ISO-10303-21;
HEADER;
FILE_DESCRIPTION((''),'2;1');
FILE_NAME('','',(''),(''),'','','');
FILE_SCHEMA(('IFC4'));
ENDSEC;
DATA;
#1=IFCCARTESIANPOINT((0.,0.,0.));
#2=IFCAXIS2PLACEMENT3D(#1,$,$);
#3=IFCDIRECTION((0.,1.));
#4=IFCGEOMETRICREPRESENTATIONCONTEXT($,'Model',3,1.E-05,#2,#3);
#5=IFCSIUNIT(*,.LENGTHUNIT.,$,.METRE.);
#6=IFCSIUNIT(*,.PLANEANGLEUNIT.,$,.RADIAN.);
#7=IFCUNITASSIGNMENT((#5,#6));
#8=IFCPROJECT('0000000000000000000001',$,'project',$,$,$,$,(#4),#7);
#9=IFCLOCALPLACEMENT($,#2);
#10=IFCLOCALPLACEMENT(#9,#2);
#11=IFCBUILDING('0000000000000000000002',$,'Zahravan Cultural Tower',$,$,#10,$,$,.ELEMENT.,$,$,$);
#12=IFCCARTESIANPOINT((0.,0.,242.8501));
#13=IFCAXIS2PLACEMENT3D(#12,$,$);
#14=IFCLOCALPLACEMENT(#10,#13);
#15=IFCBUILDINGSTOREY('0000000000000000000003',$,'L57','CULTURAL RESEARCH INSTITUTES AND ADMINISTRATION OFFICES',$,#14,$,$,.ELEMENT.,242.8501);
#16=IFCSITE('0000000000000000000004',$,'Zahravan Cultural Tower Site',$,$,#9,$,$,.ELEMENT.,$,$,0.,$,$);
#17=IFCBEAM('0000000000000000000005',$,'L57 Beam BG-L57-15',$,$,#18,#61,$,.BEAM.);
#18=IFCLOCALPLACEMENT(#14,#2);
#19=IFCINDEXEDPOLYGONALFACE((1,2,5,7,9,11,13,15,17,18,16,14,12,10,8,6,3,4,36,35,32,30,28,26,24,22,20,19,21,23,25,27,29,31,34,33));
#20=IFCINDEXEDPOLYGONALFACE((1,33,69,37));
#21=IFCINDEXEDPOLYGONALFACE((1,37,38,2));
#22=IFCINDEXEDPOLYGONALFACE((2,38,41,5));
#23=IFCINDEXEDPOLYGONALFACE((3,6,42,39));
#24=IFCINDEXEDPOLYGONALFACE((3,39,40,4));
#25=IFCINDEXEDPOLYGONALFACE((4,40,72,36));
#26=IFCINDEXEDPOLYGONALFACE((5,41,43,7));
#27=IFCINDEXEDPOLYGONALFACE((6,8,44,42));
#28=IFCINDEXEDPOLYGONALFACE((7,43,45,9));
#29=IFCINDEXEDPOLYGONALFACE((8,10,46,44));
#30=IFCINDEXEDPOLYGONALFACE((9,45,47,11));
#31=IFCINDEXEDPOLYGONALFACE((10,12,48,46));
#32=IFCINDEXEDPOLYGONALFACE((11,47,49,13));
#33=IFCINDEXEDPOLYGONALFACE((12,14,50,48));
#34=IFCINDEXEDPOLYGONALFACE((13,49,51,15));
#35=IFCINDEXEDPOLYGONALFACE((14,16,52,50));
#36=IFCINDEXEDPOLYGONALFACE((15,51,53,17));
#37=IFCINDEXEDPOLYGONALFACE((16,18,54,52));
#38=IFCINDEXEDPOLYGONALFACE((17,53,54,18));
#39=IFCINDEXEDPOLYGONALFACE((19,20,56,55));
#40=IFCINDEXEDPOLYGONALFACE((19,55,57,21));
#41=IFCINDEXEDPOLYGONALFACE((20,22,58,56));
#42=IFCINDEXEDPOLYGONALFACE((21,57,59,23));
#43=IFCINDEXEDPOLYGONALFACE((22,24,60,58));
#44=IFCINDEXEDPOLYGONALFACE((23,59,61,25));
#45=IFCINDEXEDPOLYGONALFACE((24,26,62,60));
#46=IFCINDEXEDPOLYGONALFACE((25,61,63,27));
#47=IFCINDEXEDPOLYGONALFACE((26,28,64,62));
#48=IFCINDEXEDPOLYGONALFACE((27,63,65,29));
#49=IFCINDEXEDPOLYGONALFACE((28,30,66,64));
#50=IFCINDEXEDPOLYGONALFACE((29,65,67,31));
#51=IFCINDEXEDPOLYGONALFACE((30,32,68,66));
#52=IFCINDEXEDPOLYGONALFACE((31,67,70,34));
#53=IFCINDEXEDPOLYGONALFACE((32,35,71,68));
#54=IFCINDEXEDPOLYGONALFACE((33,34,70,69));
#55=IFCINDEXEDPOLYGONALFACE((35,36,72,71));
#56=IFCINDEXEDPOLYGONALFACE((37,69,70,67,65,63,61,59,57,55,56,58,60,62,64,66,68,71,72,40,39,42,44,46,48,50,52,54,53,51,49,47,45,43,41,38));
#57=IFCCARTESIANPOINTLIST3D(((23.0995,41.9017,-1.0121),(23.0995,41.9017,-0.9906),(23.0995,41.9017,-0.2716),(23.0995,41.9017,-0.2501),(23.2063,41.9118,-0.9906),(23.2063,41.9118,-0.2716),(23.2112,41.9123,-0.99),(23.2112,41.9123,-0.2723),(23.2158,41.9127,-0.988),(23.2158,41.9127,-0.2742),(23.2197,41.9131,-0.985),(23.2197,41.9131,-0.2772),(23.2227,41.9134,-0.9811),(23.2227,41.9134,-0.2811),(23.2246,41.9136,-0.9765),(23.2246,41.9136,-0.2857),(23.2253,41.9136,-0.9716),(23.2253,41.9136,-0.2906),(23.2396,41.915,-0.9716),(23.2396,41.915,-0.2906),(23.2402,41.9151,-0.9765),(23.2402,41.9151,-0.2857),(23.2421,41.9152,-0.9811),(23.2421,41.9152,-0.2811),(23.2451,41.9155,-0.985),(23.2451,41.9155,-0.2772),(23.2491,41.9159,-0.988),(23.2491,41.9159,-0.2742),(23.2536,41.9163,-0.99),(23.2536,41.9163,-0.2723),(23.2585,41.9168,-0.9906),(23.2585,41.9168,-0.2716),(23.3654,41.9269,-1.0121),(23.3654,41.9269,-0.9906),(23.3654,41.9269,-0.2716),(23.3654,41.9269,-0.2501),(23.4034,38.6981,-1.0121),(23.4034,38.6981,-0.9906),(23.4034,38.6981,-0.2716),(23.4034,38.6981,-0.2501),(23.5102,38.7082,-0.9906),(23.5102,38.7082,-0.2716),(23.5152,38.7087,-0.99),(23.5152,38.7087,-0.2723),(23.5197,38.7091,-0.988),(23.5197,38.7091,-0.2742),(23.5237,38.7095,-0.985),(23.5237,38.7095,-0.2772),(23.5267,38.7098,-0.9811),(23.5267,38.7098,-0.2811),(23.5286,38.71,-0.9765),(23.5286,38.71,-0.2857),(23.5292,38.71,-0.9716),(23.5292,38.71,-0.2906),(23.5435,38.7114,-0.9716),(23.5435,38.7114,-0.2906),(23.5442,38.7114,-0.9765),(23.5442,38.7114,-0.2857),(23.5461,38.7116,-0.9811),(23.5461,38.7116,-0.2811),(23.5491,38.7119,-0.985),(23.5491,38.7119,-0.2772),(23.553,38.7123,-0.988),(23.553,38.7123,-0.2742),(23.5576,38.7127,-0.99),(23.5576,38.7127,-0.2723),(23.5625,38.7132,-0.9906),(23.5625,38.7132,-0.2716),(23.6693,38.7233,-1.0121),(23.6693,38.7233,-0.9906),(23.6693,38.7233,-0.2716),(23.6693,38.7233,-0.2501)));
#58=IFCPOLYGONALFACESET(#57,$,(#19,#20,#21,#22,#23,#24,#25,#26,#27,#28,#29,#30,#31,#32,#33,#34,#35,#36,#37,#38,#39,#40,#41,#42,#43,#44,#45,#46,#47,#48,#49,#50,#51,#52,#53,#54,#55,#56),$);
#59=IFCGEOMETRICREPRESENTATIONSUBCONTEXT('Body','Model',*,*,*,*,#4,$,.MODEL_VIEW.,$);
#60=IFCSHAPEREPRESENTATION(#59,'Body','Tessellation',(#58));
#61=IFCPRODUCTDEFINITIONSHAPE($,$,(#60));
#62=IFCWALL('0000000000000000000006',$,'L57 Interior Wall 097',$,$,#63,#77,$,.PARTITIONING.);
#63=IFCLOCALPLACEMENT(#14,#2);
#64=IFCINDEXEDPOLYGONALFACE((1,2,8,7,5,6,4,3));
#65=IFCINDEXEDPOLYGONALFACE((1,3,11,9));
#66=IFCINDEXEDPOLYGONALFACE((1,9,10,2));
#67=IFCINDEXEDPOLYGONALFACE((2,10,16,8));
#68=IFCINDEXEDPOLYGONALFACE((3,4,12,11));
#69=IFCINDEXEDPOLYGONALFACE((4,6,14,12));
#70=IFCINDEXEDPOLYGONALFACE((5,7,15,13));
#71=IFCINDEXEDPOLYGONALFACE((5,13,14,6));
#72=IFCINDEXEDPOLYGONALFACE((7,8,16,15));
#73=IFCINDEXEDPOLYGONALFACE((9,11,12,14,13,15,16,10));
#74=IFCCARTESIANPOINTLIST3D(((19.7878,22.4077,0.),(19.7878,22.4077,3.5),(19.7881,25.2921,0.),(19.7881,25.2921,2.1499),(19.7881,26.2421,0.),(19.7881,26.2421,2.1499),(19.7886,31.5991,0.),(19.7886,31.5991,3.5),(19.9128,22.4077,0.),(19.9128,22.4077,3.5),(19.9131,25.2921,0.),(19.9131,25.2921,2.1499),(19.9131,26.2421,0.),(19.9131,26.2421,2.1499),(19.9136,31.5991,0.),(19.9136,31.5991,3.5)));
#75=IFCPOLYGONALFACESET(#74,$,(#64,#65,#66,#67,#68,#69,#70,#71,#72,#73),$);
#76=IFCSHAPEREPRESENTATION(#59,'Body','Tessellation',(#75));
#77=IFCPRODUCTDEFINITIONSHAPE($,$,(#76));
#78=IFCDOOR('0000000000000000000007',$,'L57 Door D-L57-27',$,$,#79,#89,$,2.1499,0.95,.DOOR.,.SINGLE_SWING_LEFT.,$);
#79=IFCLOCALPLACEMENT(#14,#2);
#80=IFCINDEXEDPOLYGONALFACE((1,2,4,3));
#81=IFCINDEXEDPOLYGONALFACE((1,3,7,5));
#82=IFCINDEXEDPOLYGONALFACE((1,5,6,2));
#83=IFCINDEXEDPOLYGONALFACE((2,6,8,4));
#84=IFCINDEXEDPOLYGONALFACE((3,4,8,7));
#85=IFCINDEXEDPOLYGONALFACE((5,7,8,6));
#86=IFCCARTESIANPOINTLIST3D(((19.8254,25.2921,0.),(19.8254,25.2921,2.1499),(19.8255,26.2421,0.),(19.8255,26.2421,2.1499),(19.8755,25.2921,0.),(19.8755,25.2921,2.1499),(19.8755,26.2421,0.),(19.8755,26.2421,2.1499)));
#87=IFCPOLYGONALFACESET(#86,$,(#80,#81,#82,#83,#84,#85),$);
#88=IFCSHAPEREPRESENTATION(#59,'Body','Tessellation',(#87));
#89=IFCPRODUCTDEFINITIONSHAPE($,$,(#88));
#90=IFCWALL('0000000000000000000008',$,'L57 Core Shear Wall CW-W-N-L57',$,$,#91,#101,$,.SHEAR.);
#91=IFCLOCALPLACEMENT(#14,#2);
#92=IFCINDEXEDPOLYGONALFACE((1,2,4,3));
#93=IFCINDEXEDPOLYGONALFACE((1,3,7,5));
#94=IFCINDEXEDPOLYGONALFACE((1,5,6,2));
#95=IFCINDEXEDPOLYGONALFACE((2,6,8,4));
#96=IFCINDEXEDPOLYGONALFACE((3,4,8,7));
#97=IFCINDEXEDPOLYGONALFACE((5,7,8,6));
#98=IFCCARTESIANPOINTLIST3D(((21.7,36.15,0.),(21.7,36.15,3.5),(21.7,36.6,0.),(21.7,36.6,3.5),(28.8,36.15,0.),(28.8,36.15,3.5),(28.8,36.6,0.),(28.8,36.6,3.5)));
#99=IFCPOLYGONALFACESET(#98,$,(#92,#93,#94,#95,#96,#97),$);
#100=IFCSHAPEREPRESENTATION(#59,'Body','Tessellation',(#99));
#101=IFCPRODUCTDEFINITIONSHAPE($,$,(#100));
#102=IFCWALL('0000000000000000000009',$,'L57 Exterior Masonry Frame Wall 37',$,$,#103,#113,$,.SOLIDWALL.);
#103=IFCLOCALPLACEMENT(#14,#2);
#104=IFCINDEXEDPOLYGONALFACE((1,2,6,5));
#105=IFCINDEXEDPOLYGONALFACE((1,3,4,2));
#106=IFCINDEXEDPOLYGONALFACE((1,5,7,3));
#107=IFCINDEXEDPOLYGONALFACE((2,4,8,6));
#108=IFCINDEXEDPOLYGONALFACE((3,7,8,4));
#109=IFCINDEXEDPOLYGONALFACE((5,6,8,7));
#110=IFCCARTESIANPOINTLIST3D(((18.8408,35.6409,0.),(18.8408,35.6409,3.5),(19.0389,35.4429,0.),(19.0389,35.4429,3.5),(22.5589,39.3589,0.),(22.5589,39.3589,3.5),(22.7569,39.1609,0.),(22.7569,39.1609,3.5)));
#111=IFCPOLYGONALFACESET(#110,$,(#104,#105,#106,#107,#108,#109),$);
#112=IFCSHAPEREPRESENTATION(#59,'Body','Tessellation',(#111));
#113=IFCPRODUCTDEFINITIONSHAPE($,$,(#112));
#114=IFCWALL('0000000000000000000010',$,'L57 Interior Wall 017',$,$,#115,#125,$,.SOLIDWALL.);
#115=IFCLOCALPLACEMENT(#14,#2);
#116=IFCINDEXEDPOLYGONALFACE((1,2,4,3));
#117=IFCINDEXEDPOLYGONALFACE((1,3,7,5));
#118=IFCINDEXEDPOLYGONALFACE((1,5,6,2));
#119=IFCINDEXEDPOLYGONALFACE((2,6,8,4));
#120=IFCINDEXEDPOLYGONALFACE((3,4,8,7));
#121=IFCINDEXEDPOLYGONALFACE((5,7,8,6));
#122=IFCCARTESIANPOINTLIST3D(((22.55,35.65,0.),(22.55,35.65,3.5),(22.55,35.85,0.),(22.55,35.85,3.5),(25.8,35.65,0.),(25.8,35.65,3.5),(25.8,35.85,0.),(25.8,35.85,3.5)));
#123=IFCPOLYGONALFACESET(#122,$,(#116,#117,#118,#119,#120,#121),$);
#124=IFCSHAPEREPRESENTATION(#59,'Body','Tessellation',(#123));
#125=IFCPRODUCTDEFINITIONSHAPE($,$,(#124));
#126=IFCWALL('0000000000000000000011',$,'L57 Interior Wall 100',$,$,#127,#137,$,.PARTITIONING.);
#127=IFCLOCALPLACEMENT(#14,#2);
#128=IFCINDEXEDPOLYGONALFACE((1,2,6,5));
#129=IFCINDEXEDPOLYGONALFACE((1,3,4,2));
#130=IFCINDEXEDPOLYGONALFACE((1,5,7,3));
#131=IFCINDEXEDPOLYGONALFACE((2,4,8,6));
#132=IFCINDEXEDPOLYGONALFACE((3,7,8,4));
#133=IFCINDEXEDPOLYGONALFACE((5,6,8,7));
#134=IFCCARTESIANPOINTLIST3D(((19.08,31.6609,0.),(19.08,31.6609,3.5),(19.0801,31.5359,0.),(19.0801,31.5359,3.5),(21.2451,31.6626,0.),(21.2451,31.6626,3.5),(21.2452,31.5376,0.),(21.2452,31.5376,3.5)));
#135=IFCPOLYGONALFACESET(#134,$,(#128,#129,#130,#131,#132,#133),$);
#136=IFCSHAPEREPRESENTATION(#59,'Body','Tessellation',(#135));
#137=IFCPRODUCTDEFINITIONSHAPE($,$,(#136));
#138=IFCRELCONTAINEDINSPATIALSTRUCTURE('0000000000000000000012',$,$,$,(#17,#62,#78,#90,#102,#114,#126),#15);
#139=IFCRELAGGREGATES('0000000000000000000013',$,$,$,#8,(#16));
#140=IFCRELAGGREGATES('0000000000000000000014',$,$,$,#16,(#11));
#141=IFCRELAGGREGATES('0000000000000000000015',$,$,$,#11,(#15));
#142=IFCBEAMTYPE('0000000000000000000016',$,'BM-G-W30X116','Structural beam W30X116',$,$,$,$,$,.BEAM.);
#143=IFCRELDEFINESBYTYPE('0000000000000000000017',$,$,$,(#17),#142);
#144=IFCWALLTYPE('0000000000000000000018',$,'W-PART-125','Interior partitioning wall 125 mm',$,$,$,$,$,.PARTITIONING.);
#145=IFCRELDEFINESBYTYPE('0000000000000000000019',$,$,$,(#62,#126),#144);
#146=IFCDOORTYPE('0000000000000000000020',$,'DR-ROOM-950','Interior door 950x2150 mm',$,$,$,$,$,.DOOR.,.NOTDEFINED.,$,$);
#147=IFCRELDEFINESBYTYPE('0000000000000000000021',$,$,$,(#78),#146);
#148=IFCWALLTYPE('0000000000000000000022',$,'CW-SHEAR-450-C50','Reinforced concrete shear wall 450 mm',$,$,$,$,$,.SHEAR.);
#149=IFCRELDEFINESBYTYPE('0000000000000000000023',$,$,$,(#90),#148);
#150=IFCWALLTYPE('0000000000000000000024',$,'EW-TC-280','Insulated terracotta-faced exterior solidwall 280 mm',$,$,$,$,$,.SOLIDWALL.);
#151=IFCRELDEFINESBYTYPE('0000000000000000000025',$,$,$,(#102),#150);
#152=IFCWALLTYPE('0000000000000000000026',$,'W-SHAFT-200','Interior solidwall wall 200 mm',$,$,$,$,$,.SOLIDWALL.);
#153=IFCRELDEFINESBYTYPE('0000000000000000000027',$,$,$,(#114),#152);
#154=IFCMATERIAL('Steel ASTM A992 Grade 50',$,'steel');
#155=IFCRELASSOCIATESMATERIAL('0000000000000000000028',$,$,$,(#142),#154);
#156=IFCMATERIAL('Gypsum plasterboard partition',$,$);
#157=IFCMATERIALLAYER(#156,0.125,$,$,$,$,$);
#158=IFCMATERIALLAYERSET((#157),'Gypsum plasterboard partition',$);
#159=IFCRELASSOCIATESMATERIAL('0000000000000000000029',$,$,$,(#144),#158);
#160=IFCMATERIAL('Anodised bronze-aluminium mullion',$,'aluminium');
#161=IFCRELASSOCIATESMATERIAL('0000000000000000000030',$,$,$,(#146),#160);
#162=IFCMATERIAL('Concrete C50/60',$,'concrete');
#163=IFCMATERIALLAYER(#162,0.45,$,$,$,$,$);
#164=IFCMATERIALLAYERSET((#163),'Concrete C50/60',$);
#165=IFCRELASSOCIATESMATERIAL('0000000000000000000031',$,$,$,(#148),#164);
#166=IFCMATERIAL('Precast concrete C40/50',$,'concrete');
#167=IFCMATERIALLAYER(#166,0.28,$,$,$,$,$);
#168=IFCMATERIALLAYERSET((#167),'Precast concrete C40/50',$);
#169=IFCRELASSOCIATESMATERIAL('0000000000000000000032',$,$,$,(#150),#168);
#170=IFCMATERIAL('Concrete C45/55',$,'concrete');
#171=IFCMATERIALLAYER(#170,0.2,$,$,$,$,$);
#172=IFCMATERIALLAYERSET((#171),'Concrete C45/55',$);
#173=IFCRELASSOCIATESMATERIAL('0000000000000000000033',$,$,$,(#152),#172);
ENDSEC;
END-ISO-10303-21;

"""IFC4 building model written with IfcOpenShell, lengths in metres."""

from ifc_helpers import new_model, si_unit, direction, frame, frame_2d, origin, origin_2d, place, context, subcontext, project, spatial, rectangle, i_section, extrude, source, transform, mapped, material, layer, layer_set, material_profile, profile_set, type_object, element, fill, save


model = new_model("IFC4")

# Units and contexts
model_context = context("Model", 3, precision=1e-05, world=origin(), true_north=direction((0.0, 1.0)))
body_context = subcontext(model_context, "Body", "Model", "MODEL_VIEW")
ifc_project = project(units=[si_unit("LENGTHUNIT", "METRE"), si_unit("PLANEANGLEUNIT", "RADIAN")], contexts=[model_context])

# Site, building, storey
site_placement = place(None, origin())
site = spatial("IfcSite", under=ifc_project, at=site_placement, Name="Zahravan Cultural Tower Site", CompositionType="ELEMENT", RefElevation=0.0)
building_placement = place(site_placement, origin())
building = spatial("IfcBuilding", under=site, at=building_placement, Name="Zahravan Cultural Tower", CompositionType="ELEMENT")
storey_placement = place(building_placement, frame((0.0, 0.0, 242.8501)))
storey = spatial("IfcBuildingStorey", under=building, at=storey_placement, Name="L57", Description="CULTURAL RESEARCH INSTITUTES AND ADMINISTRATION OFFICES", CompositionType="ELEMENT", Elevation=242.8501)

# Shared definitions
ifc_material_1 = material(Name="Concrete C50/60", Category="concrete")
ifc_material_2 = material(Name="Steel ASTM A992 Grade 50", Category="steel")

# Beam
ifc_material_profile_1 = material_profile(ifc_material_2, i_section(OverallWidth=0.2671, OverallDepth=0.762, WebThickness=0.0144, FlangeThickness=0.0215, FilletRadius=0.019, at=origin_2d()), Name="W30X116")
ifc_profile_set_1 = profile_set([ifc_material_profile_1], Name="Steel ASTM A992 Grade 50")
beam_type_1 = type_object("IfcBeamType", Name="BM-G-W30X116", Description="Structural beam W30X116", PredefinedType="BEAM", material=ifc_profile_set_1)
shared_shape_1 = source(origin(), body_context, "Body", "SweptSolid", [
    extrude(i_section(OverallWidth=0.2671, OverallDepth=0.762, WebThickness=0.0144, FlangeThickness=0.0215, FilletRadius=0.019, at=origin_2d()), origin(), (0.0, 0.0, 1.0), 3.218),
])
beam_1_placement = place(storey_placement, frame((23.5364, 38.7107, -0.6311), z_axis=(-0.094455, 0.995529, 0.0), x_axis=(-0.995529, -0.094455, 0.0)))
element("IfcBeam", 1, at=beam_1_placement, inside=storey, type_object=beam_type_1, Name="L57 Beam BG-L57-15", PredefinedType="BEAM", context=body_context, shape_type="MappedRepresentation", body=[
    mapped(shared_shape_1, transform((0.0, 0.0, 0.0), x_axis=(1.0, 0.0, 0.0), y_axis=(0.0, 1.0, 0.0), z_axis=(0.0, 0.0, 1.0), scale=1.0)),
])

# Wall, opening, door
ifc_material_3 = material(Name="Gypsum plasterboard partition")
ifc_layer_1 = layer(ifc_material_3, 0.125)
ifc_layer_set_1 = layer_set([ifc_layer_1], Name="Gypsum plasterboard partition")
wall_type_1 = type_object("IfcWallType", Name="W-PART-125", Description="Interior partitioning wall 125 mm", PredefinedType="PARTITIONING", material=ifc_layer_set_1)
ifc_material_4 = material(Name="Anodised bronze-aluminium mullion", Category="aluminium")
door_type = type_object("IfcDoorType", Name="DR-ROOM-950", Description="Interior door 950x2150 mm", OperationType="NOTDEFINED", PredefinedType="DOOR", material=ifc_material_4)
shared_shape_2 = source(origin(), body_context, "Body", "SweptSolid", [
    extrude(rectangle(XDim=0.95, YDim=2.1499, at=frame_2d((0.4751, 1.075))), frame((0.0, 0.0249, 0.0), z_axis=(0.0, -1.0, 0.0), x_axis=(1.0, 0.0, 0.0)), (0.0, 0.0, 1.0), 0.05),
])
wall_1_placement = place(storey_placement, frame((19.8511, 31.5991, 0.0), z_axis=(0.0, 0.0, 1.0), x_axis=(-0.00008, -1.0, 0.0)))
wall_1 = element("IfcWall", 2, at=wall_1_placement, inside=storey, type_object=wall_type_1, Name="L57 Interior Wall 097", PredefinedType="PARTITIONING", context=body_context, shape_type="SweptSolid", body=[
    extrude(rectangle(XDim=9.1914, YDim=0.125, at=frame_2d((4.5957, 0.0))), origin(), (0.0, 0.0, 1.0), 3.5),
])
opening_1_placement = place(wall_1_placement, frame((5.3569, 0.0, 0.0)))
opening_1 = element("IfcOpeningElement", 3, at=opening_1_placement, cuts=wall_1, PredefinedType="OPENING", context=body_context, shape_type="SweptSolid", body=[
    extrude(rectangle(XDim=0.95, YDim=2.1499, at=frame_2d((0.4751, 1.075))), frame((0.0, 0.0725, 0.0), z_axis=(0.0, -1.0, 0.0), x_axis=(1.0, 0.0, 0.0)), (0.0, 0.0, 1.0), 0.145),
])
door_1_placement = place(opening_1_placement, origin())
door_1 = element("IfcDoor", 4, at=door_1_placement, inside=storey, type_object=door_type, Name="L57 Door D-L57-27", OperationType="SINGLE_SWING_LEFT", OverallHeight=2.1499, OverallWidth=0.95, PredefinedType="DOOR", context=body_context, shape_type="MappedRepresentation", body=[
    mapped(shared_shape_2, transform((0.0, 0.0, 0.0), x_axis=(1.0, 0.0, 0.0), y_axis=(0.0, 1.0, 0.0), z_axis=(0.0, 0.0, 1.0), scale=1.0)),
])
fill(opening_1, door_1)

# Walls
ifc_layer_2 = layer(ifc_material_1, 0.45)
ifc_layer_set_2 = layer_set([ifc_layer_2], Name="Concrete C50/60")
wall_type_2 = type_object("IfcWallType", Name="CW-SHEAR-450-C50", Description="Reinforced concrete shear wall 450 mm", PredefinedType="SHEAR", material=ifc_layer_set_2)
shared_shape_3 = source(origin(), body_context, "Body", "SweptSolid", [
    extrude(rectangle(XDim=7.1001, YDim=0.45, at=frame_2d((3.55, 0.0))), origin(), (0.0, 0.0, 1.0), 3.5),
])
wall_2_placement = place(storey_placement, frame((21.7, 36.375, 0.0), z_axis=(0.0, 0.0, 1.0), x_axis=(1.0, 0.0, 0.0)))
element("IfcWall", 5, at=wall_2_placement, inside=storey, type_object=wall_type_2, Name="L57 Core Shear Wall CW-W-N-L57", PredefinedType="SHEAR", context=body_context, shape_type="MappedRepresentation", body=[
    mapped(shared_shape_3, transform((0.0, 0.0, 0.0), x_axis=(1.0, 0.0, 0.0), y_axis=(0.0, 1.0, 0.0), z_axis=(0.0, 0.0, 1.0), scale=1.0)),
])
ifc_material_5 = material(Name="Precast concrete C40/50", Category="concrete")
ifc_layer_3 = layer(ifc_material_5, 0.28)
ifc_layer_set_3 = layer_set([ifc_layer_3], Name="Precast concrete C40/50")
wall_type_3 = type_object("IfcWallType", Name="EW-TC-280", Description="Insulated terracotta-faced exterior solidwall 280 mm", PredefinedType="SOLIDWALL", material=ifc_layer_set_3)
shared_shape_4 = source(origin(), body_context, "Body", "SweptSolid", [
    extrude(rectangle(XDim=5.2581, YDim=0.28, at=frame_2d((2.6289, 0.0))), origin(), (0.0, 0.0, 1.0), 3.5),
])
wall_3_placement = place(storey_placement, frame((18.9399, 35.542, 0.0), z_axis=(0.0, 0.0, 1.0), x_axis=(0.707107, 0.707107, 0.0)))
element("IfcWall", 6, at=wall_3_placement, inside=storey, type_object=wall_type_3, Name="L57 Exterior Masonry Frame Wall 37", PredefinedType="SOLIDWALL", context=body_context, shape_type="MappedRepresentation", body=[
    mapped(shared_shape_4, transform((0.0, 0.0, 0.0), x_axis=(1.0, 0.0, 0.0), y_axis=(0.0, 1.0, 0.0), z_axis=(0.0, 0.0, 1.0), scale=1.0)),
])
ifc_material_6 = material(Name="Concrete C45/55", Category="concrete")
ifc_layer_4 = layer(ifc_material_6, 0.2)
ifc_layer_set_4 = layer_set([ifc_layer_4], Name="Concrete C45/55")
wall_type_4 = type_object("IfcWallType", Name="W-SHAFT-200", Description="Interior solidwall wall 200 mm", PredefinedType="SOLIDWALL", material=ifc_layer_set_4)
shared_shape_5 = source(origin(), body_context, "Body", "SweptSolid", [
    extrude(rectangle(XDim=3.25, YDim=0.2, at=frame_2d((1.625, 0.0))), origin(), (0.0, 0.0, 1.0), 3.5),
])
wall_4_placement = place(storey_placement, frame((22.55, 35.75, 0.0), z_axis=(0.0, 0.0, 1.0), x_axis=(1.0, 0.0, 0.0)))
element("IfcWall", 7, at=wall_4_placement, inside=storey, type_object=wall_type_4, Name="L57 Interior Wall 017", PredefinedType="SOLIDWALL", context=body_context, shape_type="MappedRepresentation", body=[
    mapped(shared_shape_5, transform((0.0, 0.0, 0.0), x_axis=(1.0, 0.0, 0.0), y_axis=(0.0, 1.0, 0.0), z_axis=(0.0, 0.0, 1.0), scale=1.0)),
])
shared_shape_6 = source(origin(), body_context, "Body", "SweptSolid", [
    extrude(rectangle(XDim=2.165, YDim=0.125, at=frame_2d((1.0825, 0.0))), origin(), (0.0, 0.0, 1.0), 3.5),
])
wall_5_placement = place(storey_placement, frame((21.2451, 31.6001, 0.0), z_axis=(0.0, 0.0, 1.0), x_axis=(-1.0, -0.000789, 0.0)))
element("IfcWall", 8, at=wall_5_placement, inside=storey, type_object=wall_type_1, Name="L57 Interior Wall 100", PredefinedType="PARTITIONING", context=body_context, shape_type="MappedRepresentation", body=[
    mapped(shared_shape_6, transform((0.0, 0.0, 0.0), x_axis=(1.0, 0.0, 0.0), y_axis=(0.0, 1.0, 0.0), z_axis=(0.0, 0.0, 1.0), scale=1.0)),
])

save(model, "model.ifc")
